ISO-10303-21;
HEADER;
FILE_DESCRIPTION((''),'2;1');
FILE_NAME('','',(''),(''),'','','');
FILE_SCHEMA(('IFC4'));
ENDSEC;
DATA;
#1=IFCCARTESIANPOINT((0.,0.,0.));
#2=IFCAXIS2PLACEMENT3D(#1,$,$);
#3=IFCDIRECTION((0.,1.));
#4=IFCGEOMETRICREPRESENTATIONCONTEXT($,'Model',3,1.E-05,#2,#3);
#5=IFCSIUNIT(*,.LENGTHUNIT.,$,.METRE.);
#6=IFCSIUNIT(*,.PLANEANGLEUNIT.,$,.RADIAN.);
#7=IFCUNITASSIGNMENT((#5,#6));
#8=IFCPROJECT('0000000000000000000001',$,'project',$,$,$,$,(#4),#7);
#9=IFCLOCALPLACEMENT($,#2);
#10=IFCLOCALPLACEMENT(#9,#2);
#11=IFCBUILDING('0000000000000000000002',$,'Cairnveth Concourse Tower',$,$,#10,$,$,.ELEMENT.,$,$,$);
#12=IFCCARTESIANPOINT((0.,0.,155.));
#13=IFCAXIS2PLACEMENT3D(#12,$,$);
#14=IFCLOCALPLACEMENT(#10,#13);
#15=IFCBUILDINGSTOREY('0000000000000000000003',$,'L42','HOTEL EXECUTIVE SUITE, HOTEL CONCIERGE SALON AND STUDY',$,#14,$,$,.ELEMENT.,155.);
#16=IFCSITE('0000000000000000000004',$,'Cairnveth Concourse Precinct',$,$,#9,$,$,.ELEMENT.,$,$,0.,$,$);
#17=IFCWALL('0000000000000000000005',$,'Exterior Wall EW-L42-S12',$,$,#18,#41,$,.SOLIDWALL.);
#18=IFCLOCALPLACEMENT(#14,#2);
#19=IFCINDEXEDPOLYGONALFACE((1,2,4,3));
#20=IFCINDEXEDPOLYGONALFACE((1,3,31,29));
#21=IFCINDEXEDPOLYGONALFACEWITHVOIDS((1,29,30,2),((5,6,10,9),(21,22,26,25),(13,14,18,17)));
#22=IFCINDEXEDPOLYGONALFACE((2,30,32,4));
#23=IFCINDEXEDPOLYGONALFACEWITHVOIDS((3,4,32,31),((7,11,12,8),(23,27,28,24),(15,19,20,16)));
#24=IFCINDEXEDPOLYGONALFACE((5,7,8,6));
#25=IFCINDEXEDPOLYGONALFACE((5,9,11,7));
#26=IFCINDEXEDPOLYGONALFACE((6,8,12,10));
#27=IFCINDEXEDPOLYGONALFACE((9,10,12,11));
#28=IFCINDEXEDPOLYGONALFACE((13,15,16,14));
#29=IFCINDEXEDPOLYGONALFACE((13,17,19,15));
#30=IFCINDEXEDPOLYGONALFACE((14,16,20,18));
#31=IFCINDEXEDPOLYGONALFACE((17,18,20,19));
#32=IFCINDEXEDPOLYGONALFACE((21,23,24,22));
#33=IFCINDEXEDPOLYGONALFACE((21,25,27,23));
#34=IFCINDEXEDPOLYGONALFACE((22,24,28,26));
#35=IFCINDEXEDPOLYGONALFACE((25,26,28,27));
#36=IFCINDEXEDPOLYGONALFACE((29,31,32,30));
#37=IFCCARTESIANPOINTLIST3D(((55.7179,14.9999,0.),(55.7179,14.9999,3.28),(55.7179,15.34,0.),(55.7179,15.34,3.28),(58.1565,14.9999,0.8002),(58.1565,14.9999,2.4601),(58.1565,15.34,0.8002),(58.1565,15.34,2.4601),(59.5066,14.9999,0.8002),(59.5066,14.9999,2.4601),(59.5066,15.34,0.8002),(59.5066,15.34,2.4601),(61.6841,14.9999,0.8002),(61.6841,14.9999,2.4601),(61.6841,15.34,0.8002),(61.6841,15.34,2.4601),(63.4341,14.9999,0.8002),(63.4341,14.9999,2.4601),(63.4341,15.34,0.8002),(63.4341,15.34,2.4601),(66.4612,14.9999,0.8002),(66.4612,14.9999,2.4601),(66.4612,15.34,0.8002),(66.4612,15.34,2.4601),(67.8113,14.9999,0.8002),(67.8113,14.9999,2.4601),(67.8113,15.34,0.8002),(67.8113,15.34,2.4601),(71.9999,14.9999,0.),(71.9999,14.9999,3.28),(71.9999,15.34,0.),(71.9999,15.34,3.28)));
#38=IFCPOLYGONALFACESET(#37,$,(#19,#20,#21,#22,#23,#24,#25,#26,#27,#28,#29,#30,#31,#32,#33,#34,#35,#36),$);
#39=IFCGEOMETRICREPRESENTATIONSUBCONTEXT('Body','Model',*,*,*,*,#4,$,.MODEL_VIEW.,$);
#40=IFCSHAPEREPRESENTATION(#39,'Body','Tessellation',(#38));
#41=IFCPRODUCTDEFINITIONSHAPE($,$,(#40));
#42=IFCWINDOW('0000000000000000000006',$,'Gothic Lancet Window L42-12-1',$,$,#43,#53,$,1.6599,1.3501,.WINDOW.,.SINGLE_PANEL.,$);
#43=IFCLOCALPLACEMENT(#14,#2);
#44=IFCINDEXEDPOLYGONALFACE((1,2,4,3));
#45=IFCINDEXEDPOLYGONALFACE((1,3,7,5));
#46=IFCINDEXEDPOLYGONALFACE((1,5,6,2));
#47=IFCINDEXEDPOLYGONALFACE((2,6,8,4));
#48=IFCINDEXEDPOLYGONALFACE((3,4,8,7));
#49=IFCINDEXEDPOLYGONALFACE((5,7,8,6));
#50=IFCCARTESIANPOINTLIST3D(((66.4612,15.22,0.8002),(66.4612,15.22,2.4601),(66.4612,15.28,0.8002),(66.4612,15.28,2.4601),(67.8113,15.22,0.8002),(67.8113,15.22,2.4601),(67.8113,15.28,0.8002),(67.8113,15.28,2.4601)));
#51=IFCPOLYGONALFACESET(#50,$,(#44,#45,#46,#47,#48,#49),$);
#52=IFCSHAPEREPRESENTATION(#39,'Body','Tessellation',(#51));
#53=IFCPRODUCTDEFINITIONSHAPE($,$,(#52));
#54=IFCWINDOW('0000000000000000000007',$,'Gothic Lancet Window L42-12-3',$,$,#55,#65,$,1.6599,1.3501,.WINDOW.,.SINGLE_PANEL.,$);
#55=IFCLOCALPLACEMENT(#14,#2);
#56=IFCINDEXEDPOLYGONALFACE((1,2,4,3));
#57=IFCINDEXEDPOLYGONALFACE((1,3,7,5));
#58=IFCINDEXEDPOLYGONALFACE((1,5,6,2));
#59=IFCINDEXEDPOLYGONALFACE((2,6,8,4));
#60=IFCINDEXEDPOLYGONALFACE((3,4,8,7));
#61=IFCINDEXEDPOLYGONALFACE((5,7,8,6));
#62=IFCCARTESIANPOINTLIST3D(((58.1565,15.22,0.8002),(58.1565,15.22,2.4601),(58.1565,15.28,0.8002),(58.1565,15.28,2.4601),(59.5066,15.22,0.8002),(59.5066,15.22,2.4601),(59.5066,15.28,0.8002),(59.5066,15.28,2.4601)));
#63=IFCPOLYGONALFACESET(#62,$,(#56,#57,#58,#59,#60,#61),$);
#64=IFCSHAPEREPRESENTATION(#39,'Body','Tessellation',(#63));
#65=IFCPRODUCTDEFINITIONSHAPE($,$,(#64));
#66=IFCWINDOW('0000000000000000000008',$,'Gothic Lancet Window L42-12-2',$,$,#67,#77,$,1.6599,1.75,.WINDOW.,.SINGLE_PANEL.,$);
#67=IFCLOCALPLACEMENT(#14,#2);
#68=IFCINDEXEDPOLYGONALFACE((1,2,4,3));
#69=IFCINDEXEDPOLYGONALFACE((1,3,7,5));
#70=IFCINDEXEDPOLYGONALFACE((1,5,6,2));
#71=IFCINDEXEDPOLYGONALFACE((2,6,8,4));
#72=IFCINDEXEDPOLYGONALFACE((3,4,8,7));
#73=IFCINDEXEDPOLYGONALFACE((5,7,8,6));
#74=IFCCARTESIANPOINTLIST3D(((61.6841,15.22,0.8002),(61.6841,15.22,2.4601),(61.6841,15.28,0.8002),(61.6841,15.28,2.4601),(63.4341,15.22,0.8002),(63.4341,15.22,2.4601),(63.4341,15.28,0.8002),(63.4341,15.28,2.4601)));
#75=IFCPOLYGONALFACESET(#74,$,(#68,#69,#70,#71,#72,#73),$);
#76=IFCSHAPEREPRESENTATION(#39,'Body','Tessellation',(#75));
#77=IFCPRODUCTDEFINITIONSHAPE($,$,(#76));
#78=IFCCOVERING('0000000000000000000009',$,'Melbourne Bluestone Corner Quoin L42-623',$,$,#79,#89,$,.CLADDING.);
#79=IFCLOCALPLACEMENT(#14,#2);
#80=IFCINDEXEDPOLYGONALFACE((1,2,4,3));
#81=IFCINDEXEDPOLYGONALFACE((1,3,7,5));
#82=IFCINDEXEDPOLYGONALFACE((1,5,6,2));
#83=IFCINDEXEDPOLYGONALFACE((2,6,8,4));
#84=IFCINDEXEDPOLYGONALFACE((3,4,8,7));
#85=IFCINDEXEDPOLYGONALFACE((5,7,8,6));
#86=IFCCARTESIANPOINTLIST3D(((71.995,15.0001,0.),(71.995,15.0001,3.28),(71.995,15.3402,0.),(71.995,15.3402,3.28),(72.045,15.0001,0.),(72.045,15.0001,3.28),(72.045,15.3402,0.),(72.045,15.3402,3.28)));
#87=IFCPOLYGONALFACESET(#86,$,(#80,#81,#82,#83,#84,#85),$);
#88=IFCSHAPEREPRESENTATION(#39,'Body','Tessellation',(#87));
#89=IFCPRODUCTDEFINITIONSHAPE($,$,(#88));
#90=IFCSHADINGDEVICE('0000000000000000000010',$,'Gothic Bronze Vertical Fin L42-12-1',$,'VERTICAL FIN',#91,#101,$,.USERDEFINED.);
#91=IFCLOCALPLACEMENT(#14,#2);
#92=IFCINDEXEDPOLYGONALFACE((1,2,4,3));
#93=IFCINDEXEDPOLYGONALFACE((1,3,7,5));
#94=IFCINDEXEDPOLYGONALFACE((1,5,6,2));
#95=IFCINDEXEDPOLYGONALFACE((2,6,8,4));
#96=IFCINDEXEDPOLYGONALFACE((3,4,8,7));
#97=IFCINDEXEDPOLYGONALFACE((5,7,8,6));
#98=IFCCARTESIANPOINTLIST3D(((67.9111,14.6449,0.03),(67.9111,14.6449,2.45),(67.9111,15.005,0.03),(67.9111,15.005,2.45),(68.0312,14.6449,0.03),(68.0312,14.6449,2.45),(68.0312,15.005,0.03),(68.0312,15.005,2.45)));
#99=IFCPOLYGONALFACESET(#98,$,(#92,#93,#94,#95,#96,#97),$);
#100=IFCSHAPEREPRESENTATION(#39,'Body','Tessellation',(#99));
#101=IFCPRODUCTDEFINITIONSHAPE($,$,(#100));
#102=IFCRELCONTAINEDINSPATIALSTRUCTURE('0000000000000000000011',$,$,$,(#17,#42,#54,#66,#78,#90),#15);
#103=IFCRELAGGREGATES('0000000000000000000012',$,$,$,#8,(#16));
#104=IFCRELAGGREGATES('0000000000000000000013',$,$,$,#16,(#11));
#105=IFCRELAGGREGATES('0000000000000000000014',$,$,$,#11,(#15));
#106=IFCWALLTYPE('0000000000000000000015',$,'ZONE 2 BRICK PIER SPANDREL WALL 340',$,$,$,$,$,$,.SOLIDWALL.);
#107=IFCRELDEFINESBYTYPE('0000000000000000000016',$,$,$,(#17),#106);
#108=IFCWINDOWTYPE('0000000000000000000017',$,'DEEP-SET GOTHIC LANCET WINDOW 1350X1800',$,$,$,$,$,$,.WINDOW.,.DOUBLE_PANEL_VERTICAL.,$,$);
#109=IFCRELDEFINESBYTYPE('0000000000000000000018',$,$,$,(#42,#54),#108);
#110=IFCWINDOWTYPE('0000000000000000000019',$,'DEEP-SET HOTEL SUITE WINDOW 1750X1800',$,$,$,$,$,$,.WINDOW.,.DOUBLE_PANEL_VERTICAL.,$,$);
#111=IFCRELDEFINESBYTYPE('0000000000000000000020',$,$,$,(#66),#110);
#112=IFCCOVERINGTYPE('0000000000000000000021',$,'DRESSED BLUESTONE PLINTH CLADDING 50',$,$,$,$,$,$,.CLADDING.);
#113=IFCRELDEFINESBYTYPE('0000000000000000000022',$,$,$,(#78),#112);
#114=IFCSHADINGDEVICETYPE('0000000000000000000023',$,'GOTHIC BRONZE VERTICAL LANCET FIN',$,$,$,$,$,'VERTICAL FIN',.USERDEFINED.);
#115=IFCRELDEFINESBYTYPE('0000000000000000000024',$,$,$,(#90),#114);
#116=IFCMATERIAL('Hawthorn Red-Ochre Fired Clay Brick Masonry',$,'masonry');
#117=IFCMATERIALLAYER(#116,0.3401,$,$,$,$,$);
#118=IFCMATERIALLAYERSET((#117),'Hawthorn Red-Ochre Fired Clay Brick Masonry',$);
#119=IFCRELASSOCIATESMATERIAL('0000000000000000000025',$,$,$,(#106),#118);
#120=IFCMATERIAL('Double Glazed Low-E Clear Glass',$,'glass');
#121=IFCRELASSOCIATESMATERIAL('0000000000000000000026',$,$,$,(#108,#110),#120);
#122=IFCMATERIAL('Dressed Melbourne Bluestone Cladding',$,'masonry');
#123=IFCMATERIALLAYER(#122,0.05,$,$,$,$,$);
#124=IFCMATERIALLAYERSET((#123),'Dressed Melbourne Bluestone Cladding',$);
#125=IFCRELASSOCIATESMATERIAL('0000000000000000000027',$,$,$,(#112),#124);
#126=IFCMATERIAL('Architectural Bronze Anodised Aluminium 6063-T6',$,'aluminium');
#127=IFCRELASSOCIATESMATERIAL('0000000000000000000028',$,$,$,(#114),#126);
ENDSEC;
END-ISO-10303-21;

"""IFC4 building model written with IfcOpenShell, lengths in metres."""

from ifc_helpers import new_model, si_unit, direction, frame, frame_2d, origin, origin_2d, place, context, subcontext, project, spatial, rectangle, extrude, material, layer, layer_set, type_object, element, fill, save


model = new_model("IFC4")

# Units and contexts
model_context = context("Model", 3, precision=1e-05, world=origin(), true_north=direction((0.0, 1.0)))
body_context = subcontext(model_context, "Body", "Model", "MODEL_VIEW")
ifc_project = project(units=[si_unit("LENGTHUNIT", "METRE"), si_unit("PLANEANGLEUNIT", "RADIAN")], contexts=[model_context])

# Site, building, storey
site_placement = place(None, origin())
site = spatial("IfcSite", under=ifc_project, at=site_placement, Name="Cairnveth Concourse Precinct", CompositionType="ELEMENT", RefElevation=0.0)
building_placement = place(site_placement, origin())
building = spatial("IfcBuilding", under=site, at=building_placement, Name="Cairnveth Concourse Tower", CompositionType="ELEMENT")
storey_placement = place(building_placement, frame((0.0, 0.0, 155.0)))
storey = spatial("IfcBuildingStorey", under=building, at=storey_placement, Name="L42", Description="HOTEL EXECUTIVE SUITE, HOTEL CONCIERGE SALON AND STUDY", CompositionType="ELEMENT", Elevation=155.0)

# Wall, openings, windows
ifc_material_1 = material(Name="Hawthorn Red-Ochre Fired Clay Brick Masonry", Category="masonry")
ifc_layer_1 = layer(ifc_material_1, 0.3401)
ifc_layer_set_1 = layer_set([ifc_layer_1], Name="Hawthorn Red-Ochre Fired Clay Brick Masonry")
wall_type_1 = type_object("IfcWallType", Name="ZONE 2 BRICK PIER SPANDREL WALL 340", PredefinedType="SOLIDWALL", material=ifc_layer_set_1)
wall_1_placement = place(storey_placement, frame((72.0, 15.1699, 0.0), z_axis=(0.0, 0.0, 1.0), x_axis=(-1.0, 0.0, 0.0)))
wall_1 = element("IfcWall", 1, at=wall_1_placement, inside=storey, type_object=wall_type_1, Name="Exterior Wall EW-L42-S12", PredefinedType="SOLIDWALL", context=body_context, shape_type="SweptSolid", body=[
    extrude(rectangle(XDim=16.282, YDim=0.3401, at=frame_2d((8.1411, 0.0))), origin(), (0.0, 0.0, 1.0), 3.28),
])
opening_1_placement = place(wall_1_placement, frame((4.1887, 0.0, 0.8)))
opening_1 = element("IfcOpeningElement", 2, at=opening_1_placement, cuts=wall_1, PredefinedType="OPENING", context=body_context, shape_type="SweptSolid", body=[
    extrude(rectangle(XDim=1.3501, YDim=1.6599, at=frame_2d((0.675, 0.8301))), frame((0.0, 0.1799, 0.0), z_axis=(0.0, -1.0, 0.0), x_axis=(1.0, 0.0, 0.0)), (0.0, 0.0, 1.0), 0.3601),
])
opening_2_placement = place(wall_1_placement, frame((8.5659, 0.0, 0.8)))
opening_2 = element("IfcOpeningElement", 3, at=opening_2_placement, cuts=wall_1, PredefinedType="OPENING", context=body_context, shape_type="SweptSolid", body=[
    extrude(rectangle(XDim=1.75, YDim=1.6599, at=frame_2d((0.875, 0.8301))), frame((0.0, 0.1799, 0.0), z_axis=(0.0, -1.0, 0.0), x_axis=(1.0, 0.0, 0.0)), (0.0, 0.0, 1.0), 0.3601),
])
opening_3_placement = place(wall_1_placement, frame((12.4934, 0.0, 0.8)))
opening_3 = element("IfcOpeningElement", 4, at=opening_3_placement, cuts=wall_1, PredefinedType="OPENING", context=body_context, shape_type="SweptSolid", body=[
    extrude(rectangle(XDim=1.3501, YDim=1.6599, at=frame_2d((0.675, 0.8301))), frame((0.0, 0.1799, 0.0), z_axis=(0.0, -1.0, 0.0), x_axis=(1.0, 0.0, 0.0)), (0.0, 0.0, 1.0), 0.3601),
])
ifc_material_2 = material(Name="Double Glazed Low-E Clear Glass", Category="glass")
window_type_1 = type_object("IfcWindowType", Name="DEEP-SET GOTHIC LANCET WINDOW 1350X1800", PartitioningType="DOUBLE_PANEL_VERTICAL", PredefinedType="WINDOW", material=ifc_material_2)
window_1_placement = place(opening_1_placement, origin())
window_1 = element("IfcWindow", 5, at=window_1_placement, inside=storey, type_object=window_type_1, Name="Gothic Lancet Window L42-12-1", OverallHeight=1.6599, OverallWidth=1.3501, PartitioningType="SINGLE_PANEL", PredefinedType="WINDOW", context=body_context, shape_type="SweptSolid", body=[
    extrude(rectangle(XDim=1.3501, YDim=1.6599, at=frame_2d((0.675, 0.8301))), frame((0.0, -0.05, 0.0), z_axis=(0.0, -1.0, 0.0), x_axis=(1.0, 0.0, 0.0)), (0.0, 0.0, 1.0), 0.0601),
])
fill(opening_1, window_1)
window_2_placement = place(opening_3_placement, origin())
window_2 = element("IfcWindow", 6, at=window_2_placement, inside=storey, type_object=window_type_1, Name="Gothic Lancet Window L42-12-3", OverallHeight=1.6599, OverallWidth=1.3501, PartitioningType="SINGLE_PANEL", PredefinedType="WINDOW", context=body_context, shape_type="SweptSolid", body=[
    extrude(rectangle(XDim=1.3501, YDim=1.6599, at=frame_2d((0.675, 0.8301))), frame((0.0, -0.05, 0.0), z_axis=(0.0, -1.0, 0.0), x_axis=(1.0, 0.0, 0.0)), (0.0, 0.0, 1.0), 0.0601),
])
fill(opening_3, window_2)
window_type_2 = type_object("IfcWindowType", Name="DEEP-SET HOTEL SUITE WINDOW 1750X1800", PartitioningType="DOUBLE_PANEL_VERTICAL", PredefinedType="WINDOW", material=ifc_material_2)
window_3_placement = place(opening_2_placement, origin())
window_3 = element("IfcWindow", 7, at=window_3_placement, inside=storey, type_object=window_type_2, Name="Gothic Lancet Window L42-12-2", OverallHeight=1.6599, OverallWidth=1.75, PartitioningType="SINGLE_PANEL", PredefinedType="WINDOW", context=body_context, shape_type="SweptSolid", body=[
    extrude(rectangle(XDim=1.75, YDim=1.6599, at=frame_2d((0.875, 0.8301))), frame((0.0, -0.05, 0.0), z_axis=(0.0, -1.0, 0.0), x_axis=(1.0, 0.0, 0.0)), (0.0, 0.0, 1.0), 0.0601),
])
fill(opening_2, window_3)

# Covering
ifc_material_3 = material(Name="Dressed Melbourne Bluestone Cladding", Category="masonry")
ifc_layer_2 = layer(ifc_material_3, 0.05)
ifc_layer_set_2 = layer_set([ifc_layer_2], Name="Dressed Melbourne Bluestone Cladding")
covering_type = type_object("IfcCoveringType", Name="DRESSED BLUESTONE PLINTH CLADDING 50", PredefinedType="CLADDING", material=ifc_layer_set_2)
covering_placement = place(storey_placement, frame((72.02, 15.3401, 0.0), z_axis=(0.0, 0.0, 1.0), x_axis=(0.0, -1.0, 0.0)))
element("IfcCovering", 8, at=covering_placement, inside=storey, type_object=covering_type, Name="Melbourne Bluestone Corner Quoin L42-623", PredefinedType="CLADDING", context=body_context, shape_type="SweptSolid", body=[
    extrude(rectangle(XDim=0.3401, YDim=0.05, at=frame_2d((0.1699, 0.0))), origin(), (0.0, 0.0, 1.0), 3.28),
])

# Shading device
ifc_material_4 = material(Name="Architectural Bronze Anodised Aluminium 6063-T6", Category="aluminium")
shading_device_type = type_object("IfcShadingDeviceType", Name="GOTHIC BRONZE VERTICAL LANCET FIN", ElementType="VERTICAL FIN", PredefinedType="USERDEFINED", material=ifc_material_4)
shading_device_placement = place(storey_placement, frame((67.9712, 14.825, 0.03), z_axis=(0.0, 0.0, 1.0), x_axis=(1.0, 0.0, 0.0)))
element("IfcShadingDevice", 9, at=shading_device_placement, inside=storey, type_object=shading_device_type, Name="Gothic Bronze Vertical Fin L42-12-1", ObjectType="VERTICAL FIN", PredefinedType="USERDEFINED", context=body_context, shape_type="SweptSolid", body=[
    extrude(rectangle(XDim=0.1201, YDim=0.3601, at=origin_2d()), origin(), (0.0, 0.0, 1.0), 2.4199),
])

save(model, "model.ifc")
